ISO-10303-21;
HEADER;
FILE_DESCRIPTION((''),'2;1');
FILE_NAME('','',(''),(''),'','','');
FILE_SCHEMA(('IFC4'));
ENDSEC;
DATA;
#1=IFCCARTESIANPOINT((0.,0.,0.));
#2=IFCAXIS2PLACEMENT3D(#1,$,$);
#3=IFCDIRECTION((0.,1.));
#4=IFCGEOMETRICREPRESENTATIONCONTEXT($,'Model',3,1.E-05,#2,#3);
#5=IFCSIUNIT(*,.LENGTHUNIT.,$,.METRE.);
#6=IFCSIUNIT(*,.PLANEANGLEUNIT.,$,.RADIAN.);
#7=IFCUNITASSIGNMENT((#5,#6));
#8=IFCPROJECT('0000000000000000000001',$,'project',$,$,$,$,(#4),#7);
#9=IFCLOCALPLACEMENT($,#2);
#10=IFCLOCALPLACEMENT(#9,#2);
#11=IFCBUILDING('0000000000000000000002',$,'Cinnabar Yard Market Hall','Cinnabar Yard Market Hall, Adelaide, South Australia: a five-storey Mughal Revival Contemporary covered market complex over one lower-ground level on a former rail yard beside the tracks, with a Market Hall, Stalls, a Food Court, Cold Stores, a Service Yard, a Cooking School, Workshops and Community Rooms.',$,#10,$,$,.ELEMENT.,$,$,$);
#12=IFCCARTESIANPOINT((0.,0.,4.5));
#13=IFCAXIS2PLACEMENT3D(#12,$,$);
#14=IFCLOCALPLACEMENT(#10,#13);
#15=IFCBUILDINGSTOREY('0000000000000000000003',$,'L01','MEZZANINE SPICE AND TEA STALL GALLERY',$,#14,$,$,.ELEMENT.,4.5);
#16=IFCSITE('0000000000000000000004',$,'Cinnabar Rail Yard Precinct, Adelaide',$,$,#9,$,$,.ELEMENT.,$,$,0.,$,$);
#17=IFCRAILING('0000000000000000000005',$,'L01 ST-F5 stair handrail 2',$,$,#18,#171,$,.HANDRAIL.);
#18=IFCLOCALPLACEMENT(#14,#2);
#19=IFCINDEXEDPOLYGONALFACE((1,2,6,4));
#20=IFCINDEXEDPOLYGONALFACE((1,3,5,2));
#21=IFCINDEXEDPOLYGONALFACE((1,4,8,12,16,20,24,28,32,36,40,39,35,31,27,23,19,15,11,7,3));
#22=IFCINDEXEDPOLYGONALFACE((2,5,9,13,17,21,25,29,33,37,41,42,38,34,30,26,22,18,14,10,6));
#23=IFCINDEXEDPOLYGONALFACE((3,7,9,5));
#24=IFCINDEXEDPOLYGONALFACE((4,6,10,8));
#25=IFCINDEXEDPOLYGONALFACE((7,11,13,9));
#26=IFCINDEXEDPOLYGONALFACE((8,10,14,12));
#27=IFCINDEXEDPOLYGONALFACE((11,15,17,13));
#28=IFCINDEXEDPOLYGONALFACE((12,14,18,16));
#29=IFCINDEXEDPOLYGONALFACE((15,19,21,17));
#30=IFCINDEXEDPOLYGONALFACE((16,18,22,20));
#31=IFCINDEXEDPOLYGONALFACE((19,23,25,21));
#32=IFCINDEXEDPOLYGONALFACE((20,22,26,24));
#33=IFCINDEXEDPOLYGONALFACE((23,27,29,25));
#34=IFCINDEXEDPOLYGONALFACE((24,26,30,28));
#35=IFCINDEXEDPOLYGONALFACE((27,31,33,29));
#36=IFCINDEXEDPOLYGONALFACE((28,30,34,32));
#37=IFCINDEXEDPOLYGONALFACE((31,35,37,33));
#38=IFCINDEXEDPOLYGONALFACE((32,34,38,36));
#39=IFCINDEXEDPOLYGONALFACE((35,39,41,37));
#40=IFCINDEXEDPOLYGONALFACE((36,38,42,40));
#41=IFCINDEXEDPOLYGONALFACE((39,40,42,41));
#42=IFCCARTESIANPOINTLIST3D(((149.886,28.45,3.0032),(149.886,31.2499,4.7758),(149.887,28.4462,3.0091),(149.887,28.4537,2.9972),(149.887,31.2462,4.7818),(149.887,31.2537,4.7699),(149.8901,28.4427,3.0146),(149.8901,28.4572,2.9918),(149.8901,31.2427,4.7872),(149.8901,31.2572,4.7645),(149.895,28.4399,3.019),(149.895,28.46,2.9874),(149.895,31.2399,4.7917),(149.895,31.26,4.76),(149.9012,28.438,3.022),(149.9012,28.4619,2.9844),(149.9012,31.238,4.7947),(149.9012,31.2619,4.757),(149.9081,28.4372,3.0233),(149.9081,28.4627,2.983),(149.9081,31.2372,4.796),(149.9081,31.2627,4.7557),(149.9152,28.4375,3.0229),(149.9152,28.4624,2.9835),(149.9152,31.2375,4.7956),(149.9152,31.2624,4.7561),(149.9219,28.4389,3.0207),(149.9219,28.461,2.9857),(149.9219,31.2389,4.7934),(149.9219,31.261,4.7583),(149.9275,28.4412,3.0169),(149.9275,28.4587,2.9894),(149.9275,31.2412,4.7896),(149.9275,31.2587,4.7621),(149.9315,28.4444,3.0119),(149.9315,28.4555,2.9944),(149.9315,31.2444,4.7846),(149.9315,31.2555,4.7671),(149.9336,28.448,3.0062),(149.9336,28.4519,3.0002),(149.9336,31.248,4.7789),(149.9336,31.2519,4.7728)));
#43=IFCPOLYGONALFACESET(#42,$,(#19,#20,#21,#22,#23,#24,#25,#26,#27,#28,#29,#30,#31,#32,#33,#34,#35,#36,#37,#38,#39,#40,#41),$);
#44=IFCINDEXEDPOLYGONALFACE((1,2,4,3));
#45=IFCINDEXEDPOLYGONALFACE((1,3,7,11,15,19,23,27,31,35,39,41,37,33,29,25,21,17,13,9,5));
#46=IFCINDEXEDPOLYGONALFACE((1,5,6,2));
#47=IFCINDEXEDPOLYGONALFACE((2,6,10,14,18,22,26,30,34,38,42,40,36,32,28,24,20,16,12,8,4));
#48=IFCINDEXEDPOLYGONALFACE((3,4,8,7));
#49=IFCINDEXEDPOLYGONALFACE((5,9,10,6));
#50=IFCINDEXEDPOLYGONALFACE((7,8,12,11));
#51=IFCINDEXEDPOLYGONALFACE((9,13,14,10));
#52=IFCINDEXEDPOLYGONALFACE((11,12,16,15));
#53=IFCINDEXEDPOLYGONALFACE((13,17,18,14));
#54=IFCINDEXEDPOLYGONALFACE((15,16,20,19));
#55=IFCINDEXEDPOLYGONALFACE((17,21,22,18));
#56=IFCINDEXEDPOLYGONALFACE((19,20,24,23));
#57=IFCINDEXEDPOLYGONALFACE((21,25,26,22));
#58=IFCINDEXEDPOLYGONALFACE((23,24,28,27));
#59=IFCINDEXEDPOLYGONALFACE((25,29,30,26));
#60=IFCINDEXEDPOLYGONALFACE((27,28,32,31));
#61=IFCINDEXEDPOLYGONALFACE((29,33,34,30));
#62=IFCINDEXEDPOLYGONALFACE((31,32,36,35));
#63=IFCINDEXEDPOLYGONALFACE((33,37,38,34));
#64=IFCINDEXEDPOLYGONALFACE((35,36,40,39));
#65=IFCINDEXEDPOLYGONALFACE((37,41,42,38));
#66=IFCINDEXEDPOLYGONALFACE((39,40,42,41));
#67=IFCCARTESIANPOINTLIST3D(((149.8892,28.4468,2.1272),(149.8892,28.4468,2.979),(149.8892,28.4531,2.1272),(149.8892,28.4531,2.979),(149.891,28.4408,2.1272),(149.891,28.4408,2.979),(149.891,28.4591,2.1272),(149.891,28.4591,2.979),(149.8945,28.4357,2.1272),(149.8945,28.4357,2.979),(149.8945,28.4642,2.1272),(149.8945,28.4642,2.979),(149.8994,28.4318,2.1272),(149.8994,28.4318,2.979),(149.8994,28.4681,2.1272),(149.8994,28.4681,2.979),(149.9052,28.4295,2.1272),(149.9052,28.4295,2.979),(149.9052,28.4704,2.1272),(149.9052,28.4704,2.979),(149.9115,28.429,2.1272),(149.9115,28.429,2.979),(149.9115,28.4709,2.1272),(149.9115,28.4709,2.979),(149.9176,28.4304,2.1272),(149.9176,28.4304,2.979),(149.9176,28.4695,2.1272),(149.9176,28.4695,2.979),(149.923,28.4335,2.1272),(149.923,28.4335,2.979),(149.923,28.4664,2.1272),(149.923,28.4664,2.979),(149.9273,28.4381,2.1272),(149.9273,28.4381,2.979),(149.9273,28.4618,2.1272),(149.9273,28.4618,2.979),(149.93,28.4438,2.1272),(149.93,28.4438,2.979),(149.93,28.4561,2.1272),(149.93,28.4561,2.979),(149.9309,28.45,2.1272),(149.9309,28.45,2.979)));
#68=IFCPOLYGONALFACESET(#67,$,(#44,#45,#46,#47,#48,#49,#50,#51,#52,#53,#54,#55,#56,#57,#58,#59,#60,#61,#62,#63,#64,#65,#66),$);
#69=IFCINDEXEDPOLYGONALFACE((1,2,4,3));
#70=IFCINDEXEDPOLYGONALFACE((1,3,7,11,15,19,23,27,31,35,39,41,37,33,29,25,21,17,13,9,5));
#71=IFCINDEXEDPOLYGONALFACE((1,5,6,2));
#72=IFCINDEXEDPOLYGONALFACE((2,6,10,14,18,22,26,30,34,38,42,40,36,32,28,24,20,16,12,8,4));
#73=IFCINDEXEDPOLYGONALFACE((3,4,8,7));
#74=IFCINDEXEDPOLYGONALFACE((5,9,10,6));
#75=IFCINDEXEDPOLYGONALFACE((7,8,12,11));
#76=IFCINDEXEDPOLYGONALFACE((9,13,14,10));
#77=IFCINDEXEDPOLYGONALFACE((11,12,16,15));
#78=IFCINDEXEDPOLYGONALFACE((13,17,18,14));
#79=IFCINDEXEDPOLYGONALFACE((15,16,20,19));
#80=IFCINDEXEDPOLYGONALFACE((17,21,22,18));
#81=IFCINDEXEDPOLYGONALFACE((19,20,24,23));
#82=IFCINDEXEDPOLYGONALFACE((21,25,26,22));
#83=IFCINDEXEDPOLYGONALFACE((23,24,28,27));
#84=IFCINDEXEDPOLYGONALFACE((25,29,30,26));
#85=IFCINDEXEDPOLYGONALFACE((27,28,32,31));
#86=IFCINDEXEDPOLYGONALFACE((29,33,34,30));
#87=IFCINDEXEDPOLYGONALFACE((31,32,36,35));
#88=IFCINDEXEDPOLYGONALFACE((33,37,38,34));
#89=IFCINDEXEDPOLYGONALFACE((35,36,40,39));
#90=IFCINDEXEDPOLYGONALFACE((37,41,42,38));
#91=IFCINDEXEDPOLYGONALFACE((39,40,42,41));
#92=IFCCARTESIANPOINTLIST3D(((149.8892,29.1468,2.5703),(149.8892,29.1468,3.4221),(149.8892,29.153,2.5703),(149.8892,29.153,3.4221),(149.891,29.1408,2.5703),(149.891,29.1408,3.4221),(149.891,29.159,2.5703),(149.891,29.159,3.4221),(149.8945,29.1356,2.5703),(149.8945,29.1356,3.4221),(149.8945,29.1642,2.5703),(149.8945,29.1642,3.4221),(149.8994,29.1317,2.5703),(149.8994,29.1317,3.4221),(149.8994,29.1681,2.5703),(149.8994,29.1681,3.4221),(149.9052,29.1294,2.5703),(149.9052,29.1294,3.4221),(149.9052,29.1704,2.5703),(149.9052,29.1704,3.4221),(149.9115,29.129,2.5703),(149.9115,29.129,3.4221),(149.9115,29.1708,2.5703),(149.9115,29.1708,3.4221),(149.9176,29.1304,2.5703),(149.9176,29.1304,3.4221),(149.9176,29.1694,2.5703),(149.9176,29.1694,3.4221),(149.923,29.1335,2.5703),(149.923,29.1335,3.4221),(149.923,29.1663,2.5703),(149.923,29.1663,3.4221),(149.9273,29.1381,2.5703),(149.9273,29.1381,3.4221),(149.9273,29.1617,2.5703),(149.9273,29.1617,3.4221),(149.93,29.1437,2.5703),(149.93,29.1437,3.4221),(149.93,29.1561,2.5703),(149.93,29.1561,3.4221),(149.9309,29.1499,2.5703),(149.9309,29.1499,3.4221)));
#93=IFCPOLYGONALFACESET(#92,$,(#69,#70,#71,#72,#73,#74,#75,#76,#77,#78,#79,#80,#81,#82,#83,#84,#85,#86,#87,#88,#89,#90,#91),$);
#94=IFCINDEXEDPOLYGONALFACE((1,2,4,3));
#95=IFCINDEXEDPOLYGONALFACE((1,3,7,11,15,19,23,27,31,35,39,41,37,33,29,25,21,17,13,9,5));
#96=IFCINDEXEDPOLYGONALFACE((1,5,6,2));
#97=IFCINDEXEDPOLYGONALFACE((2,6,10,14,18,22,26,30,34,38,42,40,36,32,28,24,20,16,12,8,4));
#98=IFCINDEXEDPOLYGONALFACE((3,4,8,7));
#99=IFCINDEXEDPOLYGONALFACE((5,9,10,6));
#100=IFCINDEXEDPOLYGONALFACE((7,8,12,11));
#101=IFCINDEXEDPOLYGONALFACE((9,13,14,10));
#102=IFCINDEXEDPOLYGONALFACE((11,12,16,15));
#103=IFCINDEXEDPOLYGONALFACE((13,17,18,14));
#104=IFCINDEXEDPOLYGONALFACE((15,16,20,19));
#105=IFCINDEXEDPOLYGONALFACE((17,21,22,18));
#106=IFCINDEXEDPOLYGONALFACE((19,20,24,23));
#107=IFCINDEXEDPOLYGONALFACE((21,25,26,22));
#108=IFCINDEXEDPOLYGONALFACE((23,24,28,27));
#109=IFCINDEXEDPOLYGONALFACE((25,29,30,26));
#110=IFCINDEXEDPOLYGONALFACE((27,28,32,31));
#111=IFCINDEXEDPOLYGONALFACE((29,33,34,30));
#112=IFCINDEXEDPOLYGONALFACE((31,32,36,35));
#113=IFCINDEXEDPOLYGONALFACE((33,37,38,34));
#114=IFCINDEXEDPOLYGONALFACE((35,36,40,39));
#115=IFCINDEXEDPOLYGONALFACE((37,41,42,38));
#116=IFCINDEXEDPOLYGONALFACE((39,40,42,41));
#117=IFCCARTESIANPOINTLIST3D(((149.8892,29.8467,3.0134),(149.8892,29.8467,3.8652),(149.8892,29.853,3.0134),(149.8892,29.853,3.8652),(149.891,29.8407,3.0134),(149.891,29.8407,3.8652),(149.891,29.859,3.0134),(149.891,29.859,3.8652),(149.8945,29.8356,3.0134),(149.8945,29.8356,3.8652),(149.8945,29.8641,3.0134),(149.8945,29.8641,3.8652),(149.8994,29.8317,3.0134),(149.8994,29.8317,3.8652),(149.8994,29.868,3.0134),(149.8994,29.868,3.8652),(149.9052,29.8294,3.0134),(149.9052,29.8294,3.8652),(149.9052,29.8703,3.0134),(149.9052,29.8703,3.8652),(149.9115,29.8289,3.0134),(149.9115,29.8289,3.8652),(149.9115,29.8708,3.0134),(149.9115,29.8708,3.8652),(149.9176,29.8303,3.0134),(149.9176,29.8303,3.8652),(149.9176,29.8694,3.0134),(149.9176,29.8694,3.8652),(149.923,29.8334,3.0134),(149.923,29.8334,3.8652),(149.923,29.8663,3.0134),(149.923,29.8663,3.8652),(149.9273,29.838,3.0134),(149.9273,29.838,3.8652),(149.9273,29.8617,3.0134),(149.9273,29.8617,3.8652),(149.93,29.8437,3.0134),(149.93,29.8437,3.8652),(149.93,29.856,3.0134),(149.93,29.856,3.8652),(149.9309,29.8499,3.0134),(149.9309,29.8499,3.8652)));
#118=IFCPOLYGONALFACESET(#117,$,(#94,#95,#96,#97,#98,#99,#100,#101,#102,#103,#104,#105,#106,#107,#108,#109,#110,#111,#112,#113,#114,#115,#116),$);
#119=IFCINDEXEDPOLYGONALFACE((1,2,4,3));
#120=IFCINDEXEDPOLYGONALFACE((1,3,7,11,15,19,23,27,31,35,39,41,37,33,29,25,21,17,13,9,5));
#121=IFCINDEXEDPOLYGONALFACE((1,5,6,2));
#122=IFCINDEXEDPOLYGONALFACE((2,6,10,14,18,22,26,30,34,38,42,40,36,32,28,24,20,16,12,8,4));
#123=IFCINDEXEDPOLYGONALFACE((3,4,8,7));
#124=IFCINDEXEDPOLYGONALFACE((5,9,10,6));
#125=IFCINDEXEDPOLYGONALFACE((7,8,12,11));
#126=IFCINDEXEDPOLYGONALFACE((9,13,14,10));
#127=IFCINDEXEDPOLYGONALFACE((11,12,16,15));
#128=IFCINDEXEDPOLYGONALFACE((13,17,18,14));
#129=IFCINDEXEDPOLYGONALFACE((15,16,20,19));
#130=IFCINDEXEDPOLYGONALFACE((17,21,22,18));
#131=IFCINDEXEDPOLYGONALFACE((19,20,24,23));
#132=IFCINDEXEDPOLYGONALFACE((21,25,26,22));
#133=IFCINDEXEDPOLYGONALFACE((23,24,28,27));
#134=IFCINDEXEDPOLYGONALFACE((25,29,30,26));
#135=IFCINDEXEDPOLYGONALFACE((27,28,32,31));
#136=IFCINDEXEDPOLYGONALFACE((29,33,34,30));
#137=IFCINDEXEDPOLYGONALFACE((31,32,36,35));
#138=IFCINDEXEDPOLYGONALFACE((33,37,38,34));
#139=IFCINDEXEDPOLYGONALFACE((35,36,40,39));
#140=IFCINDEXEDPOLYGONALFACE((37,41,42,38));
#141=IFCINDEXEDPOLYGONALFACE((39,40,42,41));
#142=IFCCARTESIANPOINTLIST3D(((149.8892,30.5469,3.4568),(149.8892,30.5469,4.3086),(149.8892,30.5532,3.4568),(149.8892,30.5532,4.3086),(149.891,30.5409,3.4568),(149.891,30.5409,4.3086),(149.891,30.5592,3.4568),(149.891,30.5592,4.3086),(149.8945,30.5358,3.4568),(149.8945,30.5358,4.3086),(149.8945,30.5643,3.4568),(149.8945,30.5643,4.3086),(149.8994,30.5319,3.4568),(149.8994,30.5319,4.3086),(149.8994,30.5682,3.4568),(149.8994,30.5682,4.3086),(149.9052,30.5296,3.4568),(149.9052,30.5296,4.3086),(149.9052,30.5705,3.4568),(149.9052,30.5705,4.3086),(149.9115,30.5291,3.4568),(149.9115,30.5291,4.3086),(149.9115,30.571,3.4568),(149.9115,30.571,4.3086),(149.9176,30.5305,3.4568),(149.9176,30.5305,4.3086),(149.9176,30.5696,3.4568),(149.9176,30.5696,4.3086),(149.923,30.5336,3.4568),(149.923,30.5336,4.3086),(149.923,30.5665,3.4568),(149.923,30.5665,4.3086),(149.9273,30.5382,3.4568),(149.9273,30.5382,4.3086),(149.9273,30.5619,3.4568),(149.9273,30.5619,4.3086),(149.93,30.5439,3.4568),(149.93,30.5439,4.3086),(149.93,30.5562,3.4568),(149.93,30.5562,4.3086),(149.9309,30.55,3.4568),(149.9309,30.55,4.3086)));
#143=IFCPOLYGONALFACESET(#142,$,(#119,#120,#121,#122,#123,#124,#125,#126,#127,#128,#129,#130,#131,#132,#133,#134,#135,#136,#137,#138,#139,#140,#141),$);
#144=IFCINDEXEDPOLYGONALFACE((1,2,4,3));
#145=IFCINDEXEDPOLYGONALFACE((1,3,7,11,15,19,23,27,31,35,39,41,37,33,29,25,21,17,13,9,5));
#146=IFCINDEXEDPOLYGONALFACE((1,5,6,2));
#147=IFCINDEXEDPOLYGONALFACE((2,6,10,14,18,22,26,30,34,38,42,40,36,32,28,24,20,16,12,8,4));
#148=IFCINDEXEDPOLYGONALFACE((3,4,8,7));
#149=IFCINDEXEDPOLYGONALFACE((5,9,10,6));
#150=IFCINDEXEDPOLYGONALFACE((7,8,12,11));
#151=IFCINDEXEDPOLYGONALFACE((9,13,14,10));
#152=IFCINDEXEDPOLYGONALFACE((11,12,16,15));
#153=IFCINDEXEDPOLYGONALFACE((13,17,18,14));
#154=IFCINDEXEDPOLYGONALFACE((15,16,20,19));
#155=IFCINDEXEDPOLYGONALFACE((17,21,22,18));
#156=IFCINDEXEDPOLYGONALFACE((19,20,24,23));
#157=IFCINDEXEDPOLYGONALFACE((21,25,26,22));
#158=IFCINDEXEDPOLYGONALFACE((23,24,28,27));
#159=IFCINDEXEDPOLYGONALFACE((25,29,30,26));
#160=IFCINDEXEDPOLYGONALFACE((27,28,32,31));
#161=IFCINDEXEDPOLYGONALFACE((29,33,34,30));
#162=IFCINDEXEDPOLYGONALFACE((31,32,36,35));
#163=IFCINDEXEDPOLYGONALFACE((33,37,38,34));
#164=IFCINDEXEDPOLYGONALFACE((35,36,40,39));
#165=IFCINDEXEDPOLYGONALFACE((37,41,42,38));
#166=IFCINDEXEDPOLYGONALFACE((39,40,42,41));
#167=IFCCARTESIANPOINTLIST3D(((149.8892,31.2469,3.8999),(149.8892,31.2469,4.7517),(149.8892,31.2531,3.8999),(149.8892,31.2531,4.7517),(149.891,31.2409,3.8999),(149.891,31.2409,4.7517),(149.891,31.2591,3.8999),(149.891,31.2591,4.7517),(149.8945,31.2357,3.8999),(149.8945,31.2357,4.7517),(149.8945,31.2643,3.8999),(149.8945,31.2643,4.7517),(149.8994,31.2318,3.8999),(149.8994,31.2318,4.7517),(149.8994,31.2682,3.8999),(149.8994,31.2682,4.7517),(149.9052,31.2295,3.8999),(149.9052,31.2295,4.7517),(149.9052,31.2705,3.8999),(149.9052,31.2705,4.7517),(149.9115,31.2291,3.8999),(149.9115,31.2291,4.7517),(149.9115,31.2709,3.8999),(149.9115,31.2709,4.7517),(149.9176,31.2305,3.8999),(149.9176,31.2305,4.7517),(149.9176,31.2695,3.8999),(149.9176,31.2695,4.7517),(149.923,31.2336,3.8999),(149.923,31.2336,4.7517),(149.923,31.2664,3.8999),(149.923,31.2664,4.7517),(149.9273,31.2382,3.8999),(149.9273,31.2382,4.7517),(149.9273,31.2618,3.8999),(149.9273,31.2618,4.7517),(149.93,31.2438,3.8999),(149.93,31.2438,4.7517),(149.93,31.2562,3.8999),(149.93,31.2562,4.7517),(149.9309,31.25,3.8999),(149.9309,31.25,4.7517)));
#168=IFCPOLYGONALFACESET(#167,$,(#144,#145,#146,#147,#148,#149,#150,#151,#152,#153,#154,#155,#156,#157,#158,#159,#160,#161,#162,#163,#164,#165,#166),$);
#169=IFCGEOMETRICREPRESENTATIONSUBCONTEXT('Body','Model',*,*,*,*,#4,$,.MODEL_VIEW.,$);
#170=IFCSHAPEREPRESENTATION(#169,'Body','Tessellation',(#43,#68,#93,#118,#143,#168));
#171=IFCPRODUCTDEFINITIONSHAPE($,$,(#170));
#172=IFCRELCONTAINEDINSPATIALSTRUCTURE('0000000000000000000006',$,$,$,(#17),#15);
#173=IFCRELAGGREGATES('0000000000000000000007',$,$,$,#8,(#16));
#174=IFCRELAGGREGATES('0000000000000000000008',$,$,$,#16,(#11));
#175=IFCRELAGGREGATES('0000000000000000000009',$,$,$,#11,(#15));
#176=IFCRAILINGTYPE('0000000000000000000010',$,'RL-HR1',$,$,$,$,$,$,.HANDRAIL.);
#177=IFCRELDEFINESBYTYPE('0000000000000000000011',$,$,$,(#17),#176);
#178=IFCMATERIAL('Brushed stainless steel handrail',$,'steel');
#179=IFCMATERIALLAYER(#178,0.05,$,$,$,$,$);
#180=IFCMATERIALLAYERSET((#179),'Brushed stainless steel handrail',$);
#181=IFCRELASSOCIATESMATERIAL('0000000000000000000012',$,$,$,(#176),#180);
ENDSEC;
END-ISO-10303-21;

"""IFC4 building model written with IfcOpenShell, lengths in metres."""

from ifc_helpers import new_model, si_unit, direction, frame, origin, origin_2d_with_axis, place, context, subcontext, project, spatial, circle, extrude, material, layer, layer_set, type_object, element, save


model = new_model("IFC4")

# Units and contexts
model_context = context("Model", 3, precision=1e-05, world=origin(), true_north=direction((0.0, 1.0)))
body_context = subcontext(model_context, "Body", "Model", "MODEL_VIEW")
ifc_project = project(units=[si_unit("LENGTHUNIT", "METRE"), si_unit("PLANEANGLEUNIT", "RADIAN")], contexts=[model_context])

# Site, building, storey
site_placement = place(None, origin())
site = spatial("IfcSite", under=ifc_project, at=site_placement, Name="Cinnabar Rail Yard Precinct, Adelaide", CompositionType="ELEMENT", RefElevation=0.0)
building_placement = place(site_placement, origin())
building = spatial("IfcBuilding", under=site, at=building_placement, Name="Cinnabar Yard Market Hall", Description="Cinnabar Yard Market Hall, Adelaide, South Australia: a five-storey Mughal Revival Contemporary covered market complex over one lower-ground level on a former rail yard beside the tracks, with a Market Hall, Stalls, a Food Court, Cold Stores, a Service Yard, a Cooking School, Workshops and Community Rooms.", CompositionType="ELEMENT")
storey_placement = place(building_placement, frame((0.0, 0.0, 4.5)))
storey = spatial("IfcBuildingStorey", under=building, at=storey_placement, Name="L01", Description="MEZZANINE SPICE AND TEA STALL GALLERY", CompositionType="ELEMENT", Elevation=4.5)

# Railing
ifc_material_1 = material(Name="Brushed stainless steel handrail", Category="steel")
ifc_layer_1 = layer(ifc_material_1, 0.05)
ifc_layer_set_1 = layer_set([ifc_layer_1], Name="Brushed stainless steel handrail")
railing_type_1 = type_object("IfcRailingType", Name="RL-HR1", PredefinedType="HANDRAIL", material=ifc_layer_set_1)
railing_1_placement = place(storey_placement, frame((149.9099, 28.45, 2.1272)))
element("IfcRailing", 1, at=railing_1_placement, inside=storey, type_object=railing_type_1, Name="L01 ST-F5 stair handrail 2", PredefinedType="HANDRAIL", context=body_context, shape_type="SweptSolid", body=[
    extrude(circle(Radius=0.0239, at=origin_2d_with_axis()), frame((0.0, 0.0, 0.876), z_axis=(0.0, 0.844909, 0.53491), x_axis=(-1.0, 0.0, 0.0)), (0.0, 0.0, 1.0), 3.314),
    extrude(circle(Radius=0.021, at=origin_2d_with_axis()), origin(), (0.0, 0.0, 1.0), 0.8518),
    extrude(circle(Radius=0.021, at=origin_2d_with_axis()), frame((0.0, 0.7, 0.4431)), (0.0, 0.0, 1.0), 0.8518),
    extrude(circle(Radius=0.021, at=origin_2d_with_axis()), frame((0.0, 1.3999, 0.8862)), (0.0, 0.0, 1.0), 0.8518),
    extrude(circle(Radius=0.021, at=origin_2d_with_axis()), frame((0.0, 2.1001, 1.3296)), (0.0, 0.0, 1.0), 0.8518),
    extrude(circle(Radius=0.021, at=origin_2d_with_axis()), frame((0.0, 2.8, 1.7727)), (0.0, 0.0, 1.0), 0.8518),
])

save(model, "model.ifc")
